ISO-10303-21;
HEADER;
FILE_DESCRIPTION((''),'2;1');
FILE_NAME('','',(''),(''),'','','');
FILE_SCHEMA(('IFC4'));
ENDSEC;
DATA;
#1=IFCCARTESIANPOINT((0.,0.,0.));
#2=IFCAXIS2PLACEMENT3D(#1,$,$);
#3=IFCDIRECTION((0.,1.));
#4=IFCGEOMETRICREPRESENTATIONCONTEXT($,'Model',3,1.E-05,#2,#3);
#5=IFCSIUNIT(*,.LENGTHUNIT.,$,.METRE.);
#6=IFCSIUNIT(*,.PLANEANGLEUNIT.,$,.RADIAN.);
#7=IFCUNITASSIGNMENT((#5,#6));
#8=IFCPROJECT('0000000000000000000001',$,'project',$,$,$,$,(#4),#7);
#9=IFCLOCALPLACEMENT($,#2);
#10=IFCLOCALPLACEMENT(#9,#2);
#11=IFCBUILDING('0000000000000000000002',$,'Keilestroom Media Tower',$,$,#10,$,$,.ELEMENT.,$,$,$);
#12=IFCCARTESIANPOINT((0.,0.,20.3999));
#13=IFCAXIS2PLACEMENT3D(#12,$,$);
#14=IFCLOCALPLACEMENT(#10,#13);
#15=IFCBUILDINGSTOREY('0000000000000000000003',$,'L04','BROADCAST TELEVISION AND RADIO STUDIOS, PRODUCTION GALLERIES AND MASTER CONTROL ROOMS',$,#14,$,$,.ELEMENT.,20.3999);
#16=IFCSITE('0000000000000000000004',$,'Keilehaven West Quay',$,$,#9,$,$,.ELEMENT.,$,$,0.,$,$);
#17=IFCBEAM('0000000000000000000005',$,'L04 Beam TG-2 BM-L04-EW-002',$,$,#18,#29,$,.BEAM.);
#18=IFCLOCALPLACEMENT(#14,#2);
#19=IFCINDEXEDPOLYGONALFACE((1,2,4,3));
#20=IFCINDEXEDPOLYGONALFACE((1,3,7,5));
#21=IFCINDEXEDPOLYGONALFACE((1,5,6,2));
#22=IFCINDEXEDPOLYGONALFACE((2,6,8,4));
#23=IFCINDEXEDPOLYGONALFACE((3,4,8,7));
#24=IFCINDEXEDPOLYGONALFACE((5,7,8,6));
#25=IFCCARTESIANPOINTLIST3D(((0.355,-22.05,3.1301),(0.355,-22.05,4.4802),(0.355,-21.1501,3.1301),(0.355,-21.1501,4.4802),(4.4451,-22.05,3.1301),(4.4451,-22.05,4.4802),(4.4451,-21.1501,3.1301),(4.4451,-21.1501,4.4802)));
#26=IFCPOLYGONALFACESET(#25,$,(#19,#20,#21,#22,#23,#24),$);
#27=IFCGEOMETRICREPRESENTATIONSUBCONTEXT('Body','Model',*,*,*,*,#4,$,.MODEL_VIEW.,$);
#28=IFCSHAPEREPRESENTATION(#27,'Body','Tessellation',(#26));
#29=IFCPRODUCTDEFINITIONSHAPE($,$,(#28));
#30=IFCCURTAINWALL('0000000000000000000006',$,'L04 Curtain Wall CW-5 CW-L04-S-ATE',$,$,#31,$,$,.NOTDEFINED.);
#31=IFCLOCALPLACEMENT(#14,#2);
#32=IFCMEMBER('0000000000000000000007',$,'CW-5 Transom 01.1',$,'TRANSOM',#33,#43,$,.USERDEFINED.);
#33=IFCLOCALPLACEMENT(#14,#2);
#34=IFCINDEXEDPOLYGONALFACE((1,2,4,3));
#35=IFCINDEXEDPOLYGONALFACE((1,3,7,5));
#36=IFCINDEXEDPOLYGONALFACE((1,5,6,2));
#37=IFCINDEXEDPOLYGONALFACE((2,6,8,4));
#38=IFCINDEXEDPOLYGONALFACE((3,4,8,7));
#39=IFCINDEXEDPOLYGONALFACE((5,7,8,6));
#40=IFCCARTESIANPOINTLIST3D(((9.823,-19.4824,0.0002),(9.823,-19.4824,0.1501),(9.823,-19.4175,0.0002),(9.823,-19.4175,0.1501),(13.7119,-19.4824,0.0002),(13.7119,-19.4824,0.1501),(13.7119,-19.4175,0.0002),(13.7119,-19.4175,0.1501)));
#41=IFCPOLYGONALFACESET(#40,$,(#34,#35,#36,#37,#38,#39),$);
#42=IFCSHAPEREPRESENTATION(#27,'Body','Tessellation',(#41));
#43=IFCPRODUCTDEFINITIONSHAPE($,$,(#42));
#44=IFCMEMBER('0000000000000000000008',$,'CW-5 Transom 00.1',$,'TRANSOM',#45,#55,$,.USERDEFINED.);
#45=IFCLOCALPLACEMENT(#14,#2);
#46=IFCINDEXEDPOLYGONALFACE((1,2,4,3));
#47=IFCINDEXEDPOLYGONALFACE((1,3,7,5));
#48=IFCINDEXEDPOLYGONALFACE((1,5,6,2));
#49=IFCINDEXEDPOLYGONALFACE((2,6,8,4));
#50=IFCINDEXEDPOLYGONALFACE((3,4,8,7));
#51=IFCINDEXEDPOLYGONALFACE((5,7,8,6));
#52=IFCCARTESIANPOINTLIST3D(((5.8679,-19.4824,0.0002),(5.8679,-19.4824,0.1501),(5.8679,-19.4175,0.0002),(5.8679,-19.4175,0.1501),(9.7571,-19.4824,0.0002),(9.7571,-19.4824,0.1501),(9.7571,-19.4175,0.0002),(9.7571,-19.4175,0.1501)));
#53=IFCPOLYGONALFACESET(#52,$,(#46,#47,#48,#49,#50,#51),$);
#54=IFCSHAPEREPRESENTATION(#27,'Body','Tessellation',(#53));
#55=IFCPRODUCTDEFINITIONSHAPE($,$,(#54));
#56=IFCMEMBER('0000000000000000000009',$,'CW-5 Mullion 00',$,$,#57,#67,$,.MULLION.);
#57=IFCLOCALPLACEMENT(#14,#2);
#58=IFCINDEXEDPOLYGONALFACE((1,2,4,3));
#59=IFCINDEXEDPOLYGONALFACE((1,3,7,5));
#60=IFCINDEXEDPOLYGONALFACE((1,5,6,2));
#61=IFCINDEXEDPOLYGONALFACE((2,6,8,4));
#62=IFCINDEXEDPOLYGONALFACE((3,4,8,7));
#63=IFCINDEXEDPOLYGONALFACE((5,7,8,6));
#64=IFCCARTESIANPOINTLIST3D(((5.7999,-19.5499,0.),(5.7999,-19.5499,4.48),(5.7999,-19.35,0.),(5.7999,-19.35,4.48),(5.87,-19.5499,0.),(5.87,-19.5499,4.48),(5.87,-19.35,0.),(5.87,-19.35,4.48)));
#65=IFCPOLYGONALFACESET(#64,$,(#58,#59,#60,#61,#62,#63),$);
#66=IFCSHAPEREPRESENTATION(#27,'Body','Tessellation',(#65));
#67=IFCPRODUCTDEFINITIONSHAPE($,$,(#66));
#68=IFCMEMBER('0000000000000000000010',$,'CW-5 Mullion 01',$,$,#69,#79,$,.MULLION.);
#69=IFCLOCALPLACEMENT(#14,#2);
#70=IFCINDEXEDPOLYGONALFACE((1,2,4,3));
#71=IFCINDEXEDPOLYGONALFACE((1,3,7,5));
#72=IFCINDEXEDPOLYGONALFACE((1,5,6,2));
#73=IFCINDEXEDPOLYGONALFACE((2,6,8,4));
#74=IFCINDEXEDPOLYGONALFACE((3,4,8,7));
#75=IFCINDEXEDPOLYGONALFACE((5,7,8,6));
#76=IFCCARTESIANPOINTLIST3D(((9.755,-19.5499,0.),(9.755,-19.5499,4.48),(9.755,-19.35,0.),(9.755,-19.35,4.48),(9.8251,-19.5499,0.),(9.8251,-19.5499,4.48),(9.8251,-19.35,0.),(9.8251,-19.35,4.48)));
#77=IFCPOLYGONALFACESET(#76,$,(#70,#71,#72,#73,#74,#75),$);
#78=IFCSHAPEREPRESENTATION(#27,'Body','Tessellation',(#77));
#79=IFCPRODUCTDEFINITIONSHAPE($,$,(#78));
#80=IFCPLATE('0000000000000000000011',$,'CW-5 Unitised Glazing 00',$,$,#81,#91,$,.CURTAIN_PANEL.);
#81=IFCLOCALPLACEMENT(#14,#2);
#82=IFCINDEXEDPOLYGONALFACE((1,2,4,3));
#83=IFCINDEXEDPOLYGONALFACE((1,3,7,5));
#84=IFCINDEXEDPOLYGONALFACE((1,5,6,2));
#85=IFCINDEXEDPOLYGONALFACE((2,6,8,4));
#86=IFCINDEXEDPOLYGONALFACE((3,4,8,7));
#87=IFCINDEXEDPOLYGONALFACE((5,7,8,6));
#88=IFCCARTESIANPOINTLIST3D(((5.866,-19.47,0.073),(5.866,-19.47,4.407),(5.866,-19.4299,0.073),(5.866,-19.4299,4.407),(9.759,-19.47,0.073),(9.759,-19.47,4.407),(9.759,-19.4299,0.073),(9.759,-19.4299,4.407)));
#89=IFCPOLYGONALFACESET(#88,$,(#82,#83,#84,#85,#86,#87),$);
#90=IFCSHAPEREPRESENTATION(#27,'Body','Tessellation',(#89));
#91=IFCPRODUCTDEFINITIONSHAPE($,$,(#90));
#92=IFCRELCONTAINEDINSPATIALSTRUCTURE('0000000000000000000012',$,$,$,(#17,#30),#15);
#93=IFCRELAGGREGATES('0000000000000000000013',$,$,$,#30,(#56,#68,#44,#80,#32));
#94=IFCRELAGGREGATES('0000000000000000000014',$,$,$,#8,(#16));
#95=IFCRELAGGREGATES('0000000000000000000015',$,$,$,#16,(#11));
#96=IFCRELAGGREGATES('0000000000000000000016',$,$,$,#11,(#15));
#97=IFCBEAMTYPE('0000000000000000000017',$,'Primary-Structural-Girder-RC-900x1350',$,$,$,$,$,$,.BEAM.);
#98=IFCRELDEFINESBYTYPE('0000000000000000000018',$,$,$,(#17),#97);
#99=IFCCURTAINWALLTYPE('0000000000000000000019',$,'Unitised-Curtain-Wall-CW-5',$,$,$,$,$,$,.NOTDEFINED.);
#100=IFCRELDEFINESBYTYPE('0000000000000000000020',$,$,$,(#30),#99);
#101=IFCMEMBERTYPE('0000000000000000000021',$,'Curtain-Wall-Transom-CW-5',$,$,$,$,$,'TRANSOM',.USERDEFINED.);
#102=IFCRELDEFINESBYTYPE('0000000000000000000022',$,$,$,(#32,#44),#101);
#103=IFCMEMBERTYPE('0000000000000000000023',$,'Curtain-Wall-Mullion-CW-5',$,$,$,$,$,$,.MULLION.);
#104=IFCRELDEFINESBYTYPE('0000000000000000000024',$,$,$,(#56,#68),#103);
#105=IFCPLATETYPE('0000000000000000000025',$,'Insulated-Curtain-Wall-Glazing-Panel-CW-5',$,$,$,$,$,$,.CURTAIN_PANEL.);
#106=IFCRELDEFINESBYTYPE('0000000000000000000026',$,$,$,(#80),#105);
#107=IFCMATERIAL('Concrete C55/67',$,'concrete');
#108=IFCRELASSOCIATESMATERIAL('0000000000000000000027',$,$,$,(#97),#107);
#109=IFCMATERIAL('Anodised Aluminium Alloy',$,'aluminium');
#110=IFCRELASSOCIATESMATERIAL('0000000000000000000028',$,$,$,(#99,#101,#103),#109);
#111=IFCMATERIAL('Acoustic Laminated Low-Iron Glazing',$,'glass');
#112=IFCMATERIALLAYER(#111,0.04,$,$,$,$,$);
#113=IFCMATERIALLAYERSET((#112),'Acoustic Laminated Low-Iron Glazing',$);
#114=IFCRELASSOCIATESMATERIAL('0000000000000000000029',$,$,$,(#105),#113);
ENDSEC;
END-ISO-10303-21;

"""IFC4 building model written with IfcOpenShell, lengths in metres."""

from ifc_helpers import new_model, si_unit, direction, frame, origin, origin_2d, place, context, subcontext, project, spatial, rectangle, extrude, source, transform, mapped, material, layer, layer_set, material_profile, profile_set, type_object, element, aggregate, save


model = new_model("IFC4")

# Units and contexts
model_context = context("Model", 3, precision=1e-05, world=origin(), true_north=direction((0.0, 1.0)))
body_context = subcontext(model_context, "Body", "Model", "MODEL_VIEW")
ifc_project = project(units=[si_unit("LENGTHUNIT", "METRE"), si_unit("PLANEANGLEUNIT", "RADIAN")], contexts=[model_context])

# Site, building, storey
site_placement = place(None, origin())
site = spatial("IfcSite", under=ifc_project, at=site_placement, Name="Keilehaven West Quay", CompositionType="ELEMENT", RefElevation=0.0)
building_placement = place(site_placement, origin())
building = spatial("IfcBuilding", under=site, at=building_placement, Name="Keilestroom Media Tower", CompositionType="ELEMENT")
storey_placement = place(building_placement, frame((0.0, 0.0, 20.3999)))
storey = spatial("IfcBuildingStorey", under=building, at=storey_placement, Name="L04", Description="BROADCAST TELEVISION AND RADIO STUDIOS, PRODUCTION GALLERIES AND MASTER CONTROL ROOMS", CompositionType="ELEMENT", Elevation=20.3999)

# Shared definitions
ifc_material_1 = material(Name="Concrete C55/67", Category="concrete")

# Beam
ifc_material_profile_1 = material_profile(ifc_material_1, rectangle(XDim=0.8999, YDim=1.3501, at=origin_2d()), Name="RC 900x1350")
ifc_profile_set_1 = profile_set([ifc_material_profile_1], Name="Concrete C55/67")
beam_type = type_object("IfcBeamType", Name="Primary-Structural-Girder-RC-900x1350", PredefinedType="BEAM", material=ifc_profile_set_1)
shared_shape_1 = source(origin(), body_context, "Body", "SweptSolid", [
    extrude(rectangle(XDim=0.8999, YDim=1.3501, at=origin_2d()), origin(), (0.0, 0.0, 1.0), 4.0901),
])
beam_1_placement = place(storey_placement, frame((0.355, -21.6001, 3.8052), z_axis=(1.0, 0.0, 0.0), x_axis=(0.0, 1.0, 0.0)))
element("IfcBeam", 1, at=beam_1_placement, inside=storey, type_object=beam_type, Name="L04 Beam TG-2 BM-L04-EW-002", PredefinedType="BEAM", context=body_context, shape_type="MappedRepresentation", body=[
    mapped(shared_shape_1, transform((0.0, 0.0, 0.0), x_axis=(1.0, 0.0, 0.0), y_axis=(0.0, 1.0, 0.0), z_axis=(0.0, 0.0, 1.0), scale=1.0)),
])

# Curtain wall, members, plate
ifc_material_2 = material(Name="Anodised Aluminium Alloy", Category="aluminium")
curtain_wall_type = type_object("IfcCurtainWallType", Name="Unitised-Curtain-Wall-CW-5", PredefinedType="NOTDEFINED", material=ifc_material_2)
curtain_wall_placement = place(storey_placement, origin())
curtain_wall = element("IfcCurtainWall", 2, at=curtain_wall_placement, inside=storey, type_object=curtain_wall_type, Name="L04 Curtain Wall CW-5 CW-L04-S-ATE", PredefinedType="NOTDEFINED")
ifc_material_profile_2 = material_profile(ifc_material_2, rectangle(XDim=0.0649, YDim=0.1499, at=origin_2d()), Name="ALU TRANSOM 65x150")
ifc_profile_set_2 = profile_set([ifc_material_profile_2], Name="Anodised Aluminium Alloy")
member_type_1 = type_object("IfcMemberType", Name="Curtain-Wall-Transom-CW-5", ElementType="TRANSOM", PredefinedType="USERDEFINED", material=ifc_profile_set_2)
shared_shape_2 = source(origin(), body_context, "Body", "SweptSolid", [
    extrude(rectangle(XDim=0.0649, YDim=0.1499, at=origin_2d()), origin(), (0.0, 0.0, 1.0), 3.8889),
])
member_1_placement = place(storey_placement, frame((9.823, -19.45, 0.0752), z_axis=(1.0, 0.0, 0.0), x_axis=(0.0, 1.0, 0.0)))
member_1 = element("IfcMember", 3, at=member_1_placement, type_object=member_type_1, Name="CW-5 Transom 01.1", ObjectType="TRANSOM", PredefinedType="USERDEFINED", context=body_context, shape_type="MappedRepresentation", body=[
    mapped(shared_shape_2, transform((0.0, 0.0, 0.0), x_axis=(1.0, 0.0, 0.0), y_axis=(0.0, 1.0, 0.0), z_axis=(0.0, 0.0, 1.0), scale=1.0)),
])
shared_shape_3 = source(origin(), body_context, "Body", "SweptSolid", [
    extrude(rectangle(XDim=0.0649, YDim=0.1499, at=origin_2d()), origin(), (0.0, 0.0, 1.0), 3.8892),
])
member_2_placement = place(storey_placement, frame((5.8679, -19.45, 0.0752), z_axis=(1.0, 0.0, 0.0), x_axis=(0.0, 1.0, 0.0)))
member_2 = element("IfcMember", 4, at=member_2_placement, type_object=member_type_1, Name="CW-5 Transom 00.1", ObjectType="TRANSOM", PredefinedType="USERDEFINED", context=body_context, shape_type="MappedRepresentation", body=[
    mapped(shared_shape_3, transform((0.0, 0.0, 0.0), x_axis=(1.0, 0.0, 0.0), y_axis=(0.0, 1.0, 0.0), z_axis=(0.0, 0.0, 1.0), scale=1.0)),
])
ifc_material_profile_3 = material_profile(ifc_material_2, rectangle(XDim=0.0701, YDim=0.2, at=origin_2d()), Name="ALU MULLION 70x200")
ifc_profile_set_3 = profile_set([ifc_material_profile_3], Name="Anodised Aluminium Alloy")
member_type_2 = type_object("IfcMemberType", Name="Curtain-Wall-Mullion-CW-5", PredefinedType="MULLION", material=ifc_profile_set_3)
shared_shape_4 = source(origin(), body_context, "Body", "SweptSolid", [
    extrude(rectangle(XDim=0.0701, YDim=0.2, at=origin_2d()), origin(), (0.0, 0.0, 1.0), 4.48),
])
member_3_placement = place(storey_placement, frame((5.835, -19.45, 0.0), z_axis=(0.0, 0.0, 1.0), x_axis=(1.0, 0.0, 0.0)))
member_3 = element("IfcMember", 5, at=member_3_placement, type_object=member_type_2, Name="CW-5 Mullion 00", PredefinedType="MULLION", context=body_context, shape_type="MappedRepresentation", body=[
    mapped(shared_shape_4, transform((0.0, 0.0, 0.0), x_axis=(1.0, 0.0, 0.0), y_axis=(0.0, 1.0, 0.0), z_axis=(0.0, 0.0, 1.0), scale=1.0)),
])
member_4_placement = place(storey_placement, frame((9.79, -19.45, 0.0), z_axis=(0.0, 0.0, 1.0), x_axis=(1.0, 0.0, 0.0)))
member_4 = element("IfcMember", 6, at=member_4_placement, type_object=member_type_2, Name="CW-5 Mullion 01", PredefinedType="MULLION", context=body_context, shape_type="MappedRepresentation", body=[
    mapped(shared_shape_4, transform((0.0, 0.0, 0.0), x_axis=(1.0, 0.0, 0.0), y_axis=(0.0, 1.0, 0.0), z_axis=(0.0, 0.0, 1.0), scale=1.0)),
])
ifc_material_3 = material(Name="Acoustic Laminated Low-Iron Glazing", Category="glass")
ifc_layer = layer(ifc_material_3, 0.04)
ifc_layer_set = layer_set([ifc_layer], Name="Acoustic Laminated Low-Iron Glazing")
plate_type = type_object("IfcPlateType", Name="Insulated-Curtain-Wall-Glazing-Panel-CW-5", PredefinedType="CURTAIN_PANEL", material=ifc_layer_set)
shared_shape_5 = source(origin(), body_context, "Body", "SweptSolid", [
    extrude(rectangle(XDim=3.8931, YDim=0.04, at=origin_2d()), origin(), (0.0, 0.0, 1.0), 4.334),
])
plate_placement = place(storey_placement, frame((7.8125, -19.45, 0.073), z_axis=(0.0, 0.0, 1.0), x_axis=(1.0, 0.0, 0.0)))
plate = element("IfcPlate", 7, at=plate_placement, type_object=plate_type, Name="CW-5 Unitised Glazing 00", PredefinedType="CURTAIN_PANEL", context=body_context, shape_type="MappedRepresentation", body=[
    mapped(shared_shape_5, transform((0.0, 0.0, 0.0), x_axis=(1.0, 0.0, 0.0), y_axis=(0.0, 1.0, 0.0), z_axis=(0.0, 0.0, 1.0), scale=1.0)),
])
aggregate(curtain_wall, [member_3, member_4, member_2, plate, member_1])

save(model, "model.ifc")
